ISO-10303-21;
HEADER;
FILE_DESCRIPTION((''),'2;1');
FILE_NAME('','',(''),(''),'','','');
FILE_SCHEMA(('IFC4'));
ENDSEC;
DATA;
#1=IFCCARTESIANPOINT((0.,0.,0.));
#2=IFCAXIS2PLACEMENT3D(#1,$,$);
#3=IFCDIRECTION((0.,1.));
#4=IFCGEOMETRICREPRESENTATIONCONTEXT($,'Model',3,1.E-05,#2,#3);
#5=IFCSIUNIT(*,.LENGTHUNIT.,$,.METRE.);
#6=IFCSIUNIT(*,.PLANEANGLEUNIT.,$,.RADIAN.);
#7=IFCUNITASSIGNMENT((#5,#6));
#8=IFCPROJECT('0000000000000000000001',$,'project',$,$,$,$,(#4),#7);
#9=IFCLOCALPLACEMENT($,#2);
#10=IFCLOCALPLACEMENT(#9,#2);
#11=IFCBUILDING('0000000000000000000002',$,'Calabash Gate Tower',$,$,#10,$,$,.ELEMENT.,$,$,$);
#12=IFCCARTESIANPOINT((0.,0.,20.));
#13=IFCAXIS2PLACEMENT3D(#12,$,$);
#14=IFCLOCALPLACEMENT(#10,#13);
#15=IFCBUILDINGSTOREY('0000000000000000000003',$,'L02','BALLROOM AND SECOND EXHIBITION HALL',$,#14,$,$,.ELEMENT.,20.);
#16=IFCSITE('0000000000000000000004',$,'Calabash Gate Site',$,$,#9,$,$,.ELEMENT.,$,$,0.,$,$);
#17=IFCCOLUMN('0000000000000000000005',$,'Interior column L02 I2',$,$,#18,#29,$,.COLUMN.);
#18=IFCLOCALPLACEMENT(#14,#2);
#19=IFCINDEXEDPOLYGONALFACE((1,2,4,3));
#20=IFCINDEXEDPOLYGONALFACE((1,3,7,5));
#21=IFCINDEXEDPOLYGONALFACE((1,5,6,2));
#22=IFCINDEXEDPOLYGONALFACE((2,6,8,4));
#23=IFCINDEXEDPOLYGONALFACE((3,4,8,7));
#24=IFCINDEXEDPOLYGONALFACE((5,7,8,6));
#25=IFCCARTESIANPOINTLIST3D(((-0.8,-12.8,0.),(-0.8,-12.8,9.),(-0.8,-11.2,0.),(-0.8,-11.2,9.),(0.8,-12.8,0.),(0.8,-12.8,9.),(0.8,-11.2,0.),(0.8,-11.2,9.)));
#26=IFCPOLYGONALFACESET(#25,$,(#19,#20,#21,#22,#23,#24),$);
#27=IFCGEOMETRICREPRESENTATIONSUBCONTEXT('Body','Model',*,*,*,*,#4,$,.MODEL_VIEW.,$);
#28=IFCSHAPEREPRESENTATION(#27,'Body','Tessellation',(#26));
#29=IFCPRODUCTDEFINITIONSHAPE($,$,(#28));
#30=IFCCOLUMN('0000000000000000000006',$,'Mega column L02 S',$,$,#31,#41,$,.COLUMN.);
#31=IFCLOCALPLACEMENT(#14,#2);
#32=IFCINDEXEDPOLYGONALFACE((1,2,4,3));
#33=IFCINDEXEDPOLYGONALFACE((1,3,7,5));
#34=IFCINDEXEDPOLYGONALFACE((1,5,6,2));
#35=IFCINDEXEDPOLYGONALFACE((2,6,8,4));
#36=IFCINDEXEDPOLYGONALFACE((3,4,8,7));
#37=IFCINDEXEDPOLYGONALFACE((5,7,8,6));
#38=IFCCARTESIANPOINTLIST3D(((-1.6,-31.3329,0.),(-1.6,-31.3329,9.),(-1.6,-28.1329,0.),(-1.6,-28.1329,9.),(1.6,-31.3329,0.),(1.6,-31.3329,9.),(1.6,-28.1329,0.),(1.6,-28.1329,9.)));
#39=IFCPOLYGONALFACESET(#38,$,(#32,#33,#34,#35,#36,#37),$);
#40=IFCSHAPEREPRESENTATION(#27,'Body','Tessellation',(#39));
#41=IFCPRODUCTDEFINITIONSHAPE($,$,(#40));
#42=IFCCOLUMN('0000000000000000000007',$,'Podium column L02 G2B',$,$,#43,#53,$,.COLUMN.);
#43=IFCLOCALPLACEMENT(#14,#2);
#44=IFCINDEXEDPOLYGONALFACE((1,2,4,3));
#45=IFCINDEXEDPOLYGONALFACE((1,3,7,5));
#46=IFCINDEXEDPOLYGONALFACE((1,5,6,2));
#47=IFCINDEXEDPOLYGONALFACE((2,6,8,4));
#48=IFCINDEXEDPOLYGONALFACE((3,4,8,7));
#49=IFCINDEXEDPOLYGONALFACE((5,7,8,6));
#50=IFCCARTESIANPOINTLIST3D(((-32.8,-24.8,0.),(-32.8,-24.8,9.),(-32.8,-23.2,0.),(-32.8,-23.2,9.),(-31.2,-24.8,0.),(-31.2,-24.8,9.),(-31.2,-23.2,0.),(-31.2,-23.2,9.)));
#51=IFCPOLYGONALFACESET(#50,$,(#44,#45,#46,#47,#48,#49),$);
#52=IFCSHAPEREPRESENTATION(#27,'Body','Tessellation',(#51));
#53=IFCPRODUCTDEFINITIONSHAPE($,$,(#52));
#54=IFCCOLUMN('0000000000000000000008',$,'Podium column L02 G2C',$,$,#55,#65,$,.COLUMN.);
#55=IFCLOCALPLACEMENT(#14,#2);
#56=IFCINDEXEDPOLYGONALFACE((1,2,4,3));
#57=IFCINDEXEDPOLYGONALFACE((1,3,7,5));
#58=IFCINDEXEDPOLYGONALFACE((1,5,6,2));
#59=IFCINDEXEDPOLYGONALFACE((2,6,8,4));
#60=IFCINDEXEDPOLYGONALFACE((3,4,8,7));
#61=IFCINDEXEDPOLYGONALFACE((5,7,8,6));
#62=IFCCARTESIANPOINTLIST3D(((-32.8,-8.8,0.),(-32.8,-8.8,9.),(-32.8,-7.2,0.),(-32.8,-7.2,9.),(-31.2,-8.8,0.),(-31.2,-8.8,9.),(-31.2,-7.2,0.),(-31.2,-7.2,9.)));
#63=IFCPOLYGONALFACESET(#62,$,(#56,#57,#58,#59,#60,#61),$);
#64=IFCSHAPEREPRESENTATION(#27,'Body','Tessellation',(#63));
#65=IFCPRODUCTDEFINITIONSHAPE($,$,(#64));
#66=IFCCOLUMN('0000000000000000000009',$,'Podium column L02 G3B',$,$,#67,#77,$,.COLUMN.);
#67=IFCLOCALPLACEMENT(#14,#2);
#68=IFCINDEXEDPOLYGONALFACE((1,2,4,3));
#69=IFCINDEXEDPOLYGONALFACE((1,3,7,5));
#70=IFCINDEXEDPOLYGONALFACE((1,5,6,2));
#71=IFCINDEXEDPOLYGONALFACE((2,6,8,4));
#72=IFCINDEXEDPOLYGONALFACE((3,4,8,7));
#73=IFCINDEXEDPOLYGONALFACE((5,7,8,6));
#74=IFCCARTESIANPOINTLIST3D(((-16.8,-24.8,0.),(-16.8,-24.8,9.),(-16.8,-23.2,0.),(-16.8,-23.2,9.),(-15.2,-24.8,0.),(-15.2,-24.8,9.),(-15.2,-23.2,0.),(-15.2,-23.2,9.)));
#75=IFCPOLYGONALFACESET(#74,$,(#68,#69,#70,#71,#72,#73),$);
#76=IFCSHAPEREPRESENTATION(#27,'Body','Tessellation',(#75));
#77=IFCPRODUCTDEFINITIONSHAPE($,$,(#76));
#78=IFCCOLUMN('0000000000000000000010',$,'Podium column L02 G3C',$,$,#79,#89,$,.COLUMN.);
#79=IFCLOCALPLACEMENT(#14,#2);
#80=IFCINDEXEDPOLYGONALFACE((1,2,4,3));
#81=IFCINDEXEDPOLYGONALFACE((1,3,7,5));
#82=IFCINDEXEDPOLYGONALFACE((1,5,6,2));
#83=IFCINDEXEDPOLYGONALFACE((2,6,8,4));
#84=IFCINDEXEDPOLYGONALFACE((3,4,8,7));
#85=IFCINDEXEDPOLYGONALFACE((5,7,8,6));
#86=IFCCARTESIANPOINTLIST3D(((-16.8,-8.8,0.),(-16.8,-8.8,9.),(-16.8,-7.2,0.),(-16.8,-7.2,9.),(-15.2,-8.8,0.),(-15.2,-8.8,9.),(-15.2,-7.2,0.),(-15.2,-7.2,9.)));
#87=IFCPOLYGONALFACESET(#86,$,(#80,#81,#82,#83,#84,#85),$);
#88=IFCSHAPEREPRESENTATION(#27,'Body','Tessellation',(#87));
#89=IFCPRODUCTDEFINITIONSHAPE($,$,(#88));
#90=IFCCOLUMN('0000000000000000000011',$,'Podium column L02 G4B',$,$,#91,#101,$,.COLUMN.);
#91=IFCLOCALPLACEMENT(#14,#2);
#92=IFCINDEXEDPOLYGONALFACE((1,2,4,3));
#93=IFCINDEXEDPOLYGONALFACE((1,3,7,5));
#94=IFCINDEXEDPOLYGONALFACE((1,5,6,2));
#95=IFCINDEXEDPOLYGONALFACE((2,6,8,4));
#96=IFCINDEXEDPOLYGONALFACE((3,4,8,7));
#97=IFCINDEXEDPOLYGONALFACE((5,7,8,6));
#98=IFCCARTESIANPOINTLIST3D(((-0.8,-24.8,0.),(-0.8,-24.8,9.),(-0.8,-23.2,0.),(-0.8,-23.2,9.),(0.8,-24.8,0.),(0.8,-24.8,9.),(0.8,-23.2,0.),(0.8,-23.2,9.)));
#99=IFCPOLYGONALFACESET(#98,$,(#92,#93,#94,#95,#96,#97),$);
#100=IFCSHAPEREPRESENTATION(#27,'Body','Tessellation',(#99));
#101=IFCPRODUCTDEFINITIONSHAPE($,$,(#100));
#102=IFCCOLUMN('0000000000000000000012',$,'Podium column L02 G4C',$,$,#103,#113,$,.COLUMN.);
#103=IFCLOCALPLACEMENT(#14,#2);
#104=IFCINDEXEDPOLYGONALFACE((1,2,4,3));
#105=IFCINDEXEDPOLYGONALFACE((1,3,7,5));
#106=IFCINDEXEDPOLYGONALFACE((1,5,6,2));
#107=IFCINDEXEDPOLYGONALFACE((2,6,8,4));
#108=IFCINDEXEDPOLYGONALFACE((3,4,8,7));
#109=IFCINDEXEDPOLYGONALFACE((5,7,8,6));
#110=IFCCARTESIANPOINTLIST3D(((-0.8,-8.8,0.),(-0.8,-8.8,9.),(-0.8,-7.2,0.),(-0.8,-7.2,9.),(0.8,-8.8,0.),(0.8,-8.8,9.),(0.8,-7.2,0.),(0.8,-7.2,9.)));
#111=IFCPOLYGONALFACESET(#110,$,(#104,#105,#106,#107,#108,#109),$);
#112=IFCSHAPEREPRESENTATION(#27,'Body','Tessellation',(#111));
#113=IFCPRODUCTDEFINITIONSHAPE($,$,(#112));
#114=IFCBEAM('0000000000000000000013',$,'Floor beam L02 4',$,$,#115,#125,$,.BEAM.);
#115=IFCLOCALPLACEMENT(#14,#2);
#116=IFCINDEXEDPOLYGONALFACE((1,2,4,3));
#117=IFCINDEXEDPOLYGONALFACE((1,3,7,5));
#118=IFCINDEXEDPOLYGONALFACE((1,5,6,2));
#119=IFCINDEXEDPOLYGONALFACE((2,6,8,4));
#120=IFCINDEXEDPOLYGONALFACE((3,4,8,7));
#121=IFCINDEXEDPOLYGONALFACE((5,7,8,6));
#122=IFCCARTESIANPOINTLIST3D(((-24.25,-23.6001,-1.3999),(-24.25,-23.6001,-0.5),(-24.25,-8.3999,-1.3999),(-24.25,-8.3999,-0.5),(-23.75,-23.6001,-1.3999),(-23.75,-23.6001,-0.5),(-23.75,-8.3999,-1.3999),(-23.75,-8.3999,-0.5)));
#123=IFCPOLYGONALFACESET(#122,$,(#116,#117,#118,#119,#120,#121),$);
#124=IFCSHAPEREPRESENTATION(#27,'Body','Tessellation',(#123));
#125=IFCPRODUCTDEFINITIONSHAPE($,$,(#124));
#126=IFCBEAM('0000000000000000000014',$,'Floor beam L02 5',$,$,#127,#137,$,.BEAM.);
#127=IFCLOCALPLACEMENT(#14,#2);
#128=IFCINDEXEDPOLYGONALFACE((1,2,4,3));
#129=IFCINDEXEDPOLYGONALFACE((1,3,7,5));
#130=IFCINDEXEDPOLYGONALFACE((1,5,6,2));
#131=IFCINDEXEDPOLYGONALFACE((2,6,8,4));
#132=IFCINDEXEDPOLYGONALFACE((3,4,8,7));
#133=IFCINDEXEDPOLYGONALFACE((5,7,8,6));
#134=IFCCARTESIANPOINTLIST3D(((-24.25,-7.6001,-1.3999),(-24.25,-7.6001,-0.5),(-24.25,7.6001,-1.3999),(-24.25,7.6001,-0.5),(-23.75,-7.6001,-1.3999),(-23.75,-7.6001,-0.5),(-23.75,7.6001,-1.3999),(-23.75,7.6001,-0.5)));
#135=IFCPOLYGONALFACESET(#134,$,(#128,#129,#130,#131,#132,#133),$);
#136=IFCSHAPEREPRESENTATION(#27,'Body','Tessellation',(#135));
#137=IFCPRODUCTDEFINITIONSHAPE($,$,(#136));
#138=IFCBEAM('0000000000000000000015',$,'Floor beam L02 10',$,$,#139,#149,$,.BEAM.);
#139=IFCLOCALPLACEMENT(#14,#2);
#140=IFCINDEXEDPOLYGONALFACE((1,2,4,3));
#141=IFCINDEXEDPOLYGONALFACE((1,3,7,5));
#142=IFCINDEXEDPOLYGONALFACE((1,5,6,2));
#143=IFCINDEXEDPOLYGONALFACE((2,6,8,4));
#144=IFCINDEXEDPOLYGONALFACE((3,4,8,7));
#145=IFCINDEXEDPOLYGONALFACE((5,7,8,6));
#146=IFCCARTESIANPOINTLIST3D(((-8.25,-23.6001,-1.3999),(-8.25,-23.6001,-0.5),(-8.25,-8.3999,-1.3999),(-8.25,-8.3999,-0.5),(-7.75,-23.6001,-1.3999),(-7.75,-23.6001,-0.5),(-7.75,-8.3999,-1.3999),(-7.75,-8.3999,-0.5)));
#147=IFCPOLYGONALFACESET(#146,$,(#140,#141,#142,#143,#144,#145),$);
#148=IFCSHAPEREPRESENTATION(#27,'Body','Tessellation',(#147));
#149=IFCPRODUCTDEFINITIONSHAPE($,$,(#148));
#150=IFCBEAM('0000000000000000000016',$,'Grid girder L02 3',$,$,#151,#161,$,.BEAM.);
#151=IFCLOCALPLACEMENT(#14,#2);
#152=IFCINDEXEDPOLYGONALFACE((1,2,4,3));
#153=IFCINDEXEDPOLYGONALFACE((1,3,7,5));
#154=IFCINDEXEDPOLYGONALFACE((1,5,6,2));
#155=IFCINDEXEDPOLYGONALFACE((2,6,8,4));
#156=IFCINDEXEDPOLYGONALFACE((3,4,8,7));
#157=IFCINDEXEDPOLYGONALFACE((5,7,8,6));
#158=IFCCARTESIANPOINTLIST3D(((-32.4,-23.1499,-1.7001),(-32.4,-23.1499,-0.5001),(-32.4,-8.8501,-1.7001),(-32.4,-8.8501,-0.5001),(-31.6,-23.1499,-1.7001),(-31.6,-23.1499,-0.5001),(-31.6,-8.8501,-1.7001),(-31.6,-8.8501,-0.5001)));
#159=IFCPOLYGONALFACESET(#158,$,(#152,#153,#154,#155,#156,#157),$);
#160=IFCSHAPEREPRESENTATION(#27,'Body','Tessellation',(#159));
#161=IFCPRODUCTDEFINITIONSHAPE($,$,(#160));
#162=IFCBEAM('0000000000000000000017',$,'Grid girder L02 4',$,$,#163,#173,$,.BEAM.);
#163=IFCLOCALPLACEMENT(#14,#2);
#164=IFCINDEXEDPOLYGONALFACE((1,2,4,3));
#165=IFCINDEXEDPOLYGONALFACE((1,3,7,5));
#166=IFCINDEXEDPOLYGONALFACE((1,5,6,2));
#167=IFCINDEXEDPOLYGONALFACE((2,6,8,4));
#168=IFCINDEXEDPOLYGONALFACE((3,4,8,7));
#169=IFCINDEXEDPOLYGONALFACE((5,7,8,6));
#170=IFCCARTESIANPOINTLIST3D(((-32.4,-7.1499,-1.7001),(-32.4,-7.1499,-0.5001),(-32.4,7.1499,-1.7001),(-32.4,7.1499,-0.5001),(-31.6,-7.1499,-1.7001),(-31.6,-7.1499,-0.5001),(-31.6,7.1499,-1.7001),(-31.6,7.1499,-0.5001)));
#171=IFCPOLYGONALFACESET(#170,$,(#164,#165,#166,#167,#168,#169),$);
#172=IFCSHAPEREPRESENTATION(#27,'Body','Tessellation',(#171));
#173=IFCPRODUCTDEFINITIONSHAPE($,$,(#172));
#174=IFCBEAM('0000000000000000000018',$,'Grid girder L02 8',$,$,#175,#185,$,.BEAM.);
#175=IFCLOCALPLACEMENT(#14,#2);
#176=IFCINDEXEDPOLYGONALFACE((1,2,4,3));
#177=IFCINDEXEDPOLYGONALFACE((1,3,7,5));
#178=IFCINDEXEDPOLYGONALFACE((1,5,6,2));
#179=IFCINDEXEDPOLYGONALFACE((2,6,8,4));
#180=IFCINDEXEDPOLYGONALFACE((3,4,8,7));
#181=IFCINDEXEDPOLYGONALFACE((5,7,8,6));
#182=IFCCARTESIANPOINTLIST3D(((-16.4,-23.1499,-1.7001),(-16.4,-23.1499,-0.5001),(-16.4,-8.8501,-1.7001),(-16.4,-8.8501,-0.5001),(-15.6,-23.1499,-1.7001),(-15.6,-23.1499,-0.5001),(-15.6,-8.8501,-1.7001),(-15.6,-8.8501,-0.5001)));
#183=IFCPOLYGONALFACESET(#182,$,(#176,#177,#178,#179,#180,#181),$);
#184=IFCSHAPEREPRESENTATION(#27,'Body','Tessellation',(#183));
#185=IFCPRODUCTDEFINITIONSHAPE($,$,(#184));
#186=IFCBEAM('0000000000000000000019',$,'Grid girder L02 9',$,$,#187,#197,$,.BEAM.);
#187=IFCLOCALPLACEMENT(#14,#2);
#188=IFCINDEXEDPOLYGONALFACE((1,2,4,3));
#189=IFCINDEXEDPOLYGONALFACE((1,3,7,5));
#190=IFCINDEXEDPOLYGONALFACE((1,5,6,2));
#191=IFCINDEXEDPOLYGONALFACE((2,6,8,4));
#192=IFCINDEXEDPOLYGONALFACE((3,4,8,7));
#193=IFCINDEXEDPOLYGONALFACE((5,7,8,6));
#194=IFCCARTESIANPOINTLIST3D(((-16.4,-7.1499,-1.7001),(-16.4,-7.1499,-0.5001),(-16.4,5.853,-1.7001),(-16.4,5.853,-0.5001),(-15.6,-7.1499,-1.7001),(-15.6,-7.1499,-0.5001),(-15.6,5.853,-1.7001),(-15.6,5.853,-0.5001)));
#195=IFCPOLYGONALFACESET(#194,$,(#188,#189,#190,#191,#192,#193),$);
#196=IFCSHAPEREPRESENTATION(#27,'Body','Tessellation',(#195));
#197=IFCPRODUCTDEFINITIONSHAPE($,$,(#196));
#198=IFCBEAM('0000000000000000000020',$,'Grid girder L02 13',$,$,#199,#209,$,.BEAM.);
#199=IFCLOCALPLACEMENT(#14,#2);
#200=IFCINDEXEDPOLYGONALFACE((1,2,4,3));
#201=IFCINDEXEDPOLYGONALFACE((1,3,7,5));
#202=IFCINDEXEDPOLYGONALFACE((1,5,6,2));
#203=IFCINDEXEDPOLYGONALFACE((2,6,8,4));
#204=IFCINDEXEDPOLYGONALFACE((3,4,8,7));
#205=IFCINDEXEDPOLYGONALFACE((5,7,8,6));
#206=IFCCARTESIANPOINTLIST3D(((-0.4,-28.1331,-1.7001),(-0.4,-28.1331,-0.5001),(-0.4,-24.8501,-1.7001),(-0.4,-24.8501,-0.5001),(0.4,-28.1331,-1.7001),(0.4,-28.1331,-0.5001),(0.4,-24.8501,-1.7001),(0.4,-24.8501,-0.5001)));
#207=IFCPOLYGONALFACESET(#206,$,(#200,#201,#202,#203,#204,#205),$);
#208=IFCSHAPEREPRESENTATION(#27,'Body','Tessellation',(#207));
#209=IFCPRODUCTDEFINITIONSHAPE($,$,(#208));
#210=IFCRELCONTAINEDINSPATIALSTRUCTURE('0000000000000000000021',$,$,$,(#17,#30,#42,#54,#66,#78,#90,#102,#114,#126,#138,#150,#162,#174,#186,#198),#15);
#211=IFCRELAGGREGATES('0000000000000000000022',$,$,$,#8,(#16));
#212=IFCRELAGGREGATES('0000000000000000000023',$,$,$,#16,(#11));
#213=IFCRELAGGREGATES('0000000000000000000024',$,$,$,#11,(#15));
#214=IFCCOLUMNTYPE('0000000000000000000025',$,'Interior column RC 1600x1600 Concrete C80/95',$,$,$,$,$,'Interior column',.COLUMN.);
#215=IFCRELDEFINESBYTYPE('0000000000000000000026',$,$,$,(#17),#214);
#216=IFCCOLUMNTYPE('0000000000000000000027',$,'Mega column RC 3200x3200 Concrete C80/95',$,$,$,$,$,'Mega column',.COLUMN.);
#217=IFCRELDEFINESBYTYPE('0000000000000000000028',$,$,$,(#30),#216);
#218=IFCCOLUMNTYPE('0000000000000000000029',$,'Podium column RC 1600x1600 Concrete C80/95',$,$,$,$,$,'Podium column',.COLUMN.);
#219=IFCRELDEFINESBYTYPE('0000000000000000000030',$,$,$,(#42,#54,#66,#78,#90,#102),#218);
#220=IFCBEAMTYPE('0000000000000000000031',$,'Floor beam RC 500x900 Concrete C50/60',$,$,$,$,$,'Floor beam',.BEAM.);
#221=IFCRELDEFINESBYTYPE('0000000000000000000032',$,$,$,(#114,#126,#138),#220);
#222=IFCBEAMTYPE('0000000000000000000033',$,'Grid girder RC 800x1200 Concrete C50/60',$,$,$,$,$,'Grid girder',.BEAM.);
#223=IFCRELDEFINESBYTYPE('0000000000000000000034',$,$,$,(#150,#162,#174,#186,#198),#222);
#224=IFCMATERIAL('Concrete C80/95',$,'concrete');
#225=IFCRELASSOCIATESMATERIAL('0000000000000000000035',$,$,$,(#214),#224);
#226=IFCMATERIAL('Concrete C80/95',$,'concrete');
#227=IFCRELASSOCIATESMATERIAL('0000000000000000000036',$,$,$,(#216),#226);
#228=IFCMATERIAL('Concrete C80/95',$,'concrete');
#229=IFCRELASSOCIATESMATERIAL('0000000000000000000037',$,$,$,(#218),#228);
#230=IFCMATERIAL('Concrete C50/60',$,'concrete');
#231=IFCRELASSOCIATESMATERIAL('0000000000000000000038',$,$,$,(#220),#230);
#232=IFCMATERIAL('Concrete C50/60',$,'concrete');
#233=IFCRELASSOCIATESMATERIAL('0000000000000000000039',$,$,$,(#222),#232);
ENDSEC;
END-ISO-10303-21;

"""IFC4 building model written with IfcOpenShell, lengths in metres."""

from ifc_helpers import new_model, si_unit, direction, frame, origin, origin_2d, place, context, subcontext, project, spatial, rectangle, extrude, material, material_profile, profile_set, type_object, element, save


model = new_model("IFC4")

# Units and contexts
model_context = context("Model", 3, precision=1e-05, world=origin(), true_north=direction((0.0, 1.0)))
body_context = subcontext(model_context, "Body", "Model", "MODEL_VIEW")
ifc_project = project(units=[si_unit("LENGTHUNIT", "METRE"), si_unit("PLANEANGLEUNIT", "RADIAN")], contexts=[model_context])

# Site, building, storey
site_placement = place(None, origin())
site = spatial("IfcSite", under=ifc_project, at=site_placement, Name="Calabash Gate Site", CompositionType="ELEMENT", RefElevation=0.0)
building_placement = place(site_placement, origin())
building = spatial("IfcBuilding", under=site, at=building_placement, Name="Calabash Gate Tower", CompositionType="ELEMENT")
storey_placement = place(building_placement, frame((0.0, 0.0, 20.0)))
storey = spatial("IfcBuildingStorey", under=building, at=storey_placement, Name="L02", Description="BALLROOM AND SECOND EXHIBITION HALL", CompositionType="ELEMENT", Elevation=20.0)

# Columns
ifc_material_1 = material(Name="Concrete C80/95", Category="concrete")
ifc_material_profile_1 = material_profile(ifc_material_1, rectangle(XDim=1.6001, YDim=1.6001, at=origin_2d()))
ifc_profile_set_1 = profile_set([ifc_material_profile_1], Name="Concrete C80/95")
column_type_1 = type_object("IfcColumnType", Name="Interior column RC 1600x1600 Concrete C80/95", ElementType="Interior column", PredefinedType="COLUMN", material=ifc_profile_set_1)
column_1_placement = place(storey_placement, frame((0.0, -12.0, 0.0), z_axis=(0.0, 0.0, 1.0), x_axis=(1.0, 0.0, 0.0)))
element("IfcColumn", 1, at=column_1_placement, inside=storey, type_object=column_type_1, Name="Interior column L02 I2", PredefinedType="COLUMN", context=body_context, shape_type="SweptSolid", body=[
    extrude(rectangle(XDim=1.6001, YDim=1.6001, at=origin_2d()), origin(), (0.0, 0.0, 1.0), 9.0),
])
ifc_material_2 = material(Name="Concrete C80/95", Category="concrete")
ifc_material_profile_2 = material_profile(ifc_material_2, rectangle(XDim=3.2, YDim=3.2, at=origin_2d()))
ifc_profile_set_2 = profile_set([ifc_material_profile_2], Name="Concrete C80/95")
column_type_2 = type_object("IfcColumnType", Name="Mega column RC 3200x3200 Concrete C80/95", ElementType="Mega column", PredefinedType="COLUMN", material=ifc_profile_set_2)
column_2_placement = place(storey_placement, frame((0.0, -29.7329, 0.0), z_axis=(0.0, 0.0, 1.0), x_axis=(0.0, 1.0, 0.0)))
element("IfcColumn", 2, at=column_2_placement, inside=storey, type_object=column_type_2, Name="Mega column L02 S", PredefinedType="COLUMN", context=body_context, shape_type="SweptSolid", body=[
    extrude(rectangle(XDim=3.2, YDim=3.2, at=origin_2d()), origin(), (0.0, 0.0, 1.0), 9.0),
])
ifc_material_3 = material(Name="Concrete C80/95", Category="concrete")
ifc_material_profile_3 = material_profile(ifc_material_3, rectangle(XDim=1.6001, YDim=1.6001, at=origin_2d()))
ifc_profile_set_3 = profile_set([ifc_material_profile_3], Name="Concrete C80/95")
column_type_3 = type_object("IfcColumnType", Name="Podium column RC 1600x1600 Concrete C80/95", ElementType="Podium column", PredefinedType="COLUMN", material=ifc_profile_set_3)
for number, where, z_axis, x_axis, name in (
    (3, (-32.0, -24.0, 0.0), (0.0, 0.0, 1.0), (1.0, 0.0, 0.0), "Podium column L02 G2B"),
    (4, (-32.0, -8.0, 0.0), (0.0, 0.0, 1.0), (1.0, 0.0, 0.0), "Podium column L02 G2C"),
    (5, (-16.0, -24.0, 0.0), (0.0, 0.0, 1.0), (1.0, 0.0, 0.0), "Podium column L02 G3B"),
    (6, (-16.0, -8.0, 0.0), (0.0, 0.0, 1.0), (1.0, 0.0, 0.0), "Podium column L02 G3C"),
    (7, (0.0, -24.0, 0.0), (0.0, 0.0, 1.0), (1.0, 0.0, 0.0), "Podium column L02 G4B"),
    (8, (0.0, -8.0, 0.0), (0.0, 0.0, 1.0), (1.0, 0.0, 0.0), "Podium column L02 G4C"),
):
    element("IfcColumn", number, at=place(storey_placement, frame(where, z_axis=z_axis, x_axis=x_axis)), inside=storey, type_object=column_type_3, Name=name, PredefinedType="COLUMN", context=body_context, shape_type="SweptSolid", body=[
        extrude(rectangle(XDim=1.6001, YDim=1.6001, at=origin_2d()), origin(), (0.0, 0.0, 1.0), 9.0),
    ])

# Beams
ifc_material_4 = material(Name="Concrete C50/60", Category="concrete")
ifc_material_profile_4 = material_profile(ifc_material_4, rectangle(XDim=0.5, YDim=0.8999, at=origin_2d()))
ifc_profile_set_4 = profile_set([ifc_material_profile_4], Name="Concrete C50/60")
beam_type_1 = type_object("IfcBeamType", Name="Floor beam RC 500x900 Concrete C50/60", ElementType="Floor beam", PredefinedType="BEAM", material=ifc_profile_set_4)
for number, where, z_axis, x_axis, name in (
    (9, (-24.0, -23.6001, -0.95), (0.0, 1.0, 0.0), (-1.0, 0.0, 0.0), "Floor beam L02 4"),
    (10, (-24.0, -7.6001, -0.95), (0.0, 1.0, 0.0), (-1.0, 0.0, 0.0), "Floor beam L02 5"),
    (11, (-8.0, -23.6001, -0.95), (0.0, 1.0, 0.0), (-1.0, 0.0, 0.0), "Floor beam L02 10"),
):
    element("IfcBeam", number, at=place(storey_placement, frame(where, z_axis=z_axis, x_axis=x_axis)), inside=storey, type_object=beam_type_1, Name=name, PredefinedType="BEAM", context=body_context, shape_type="SweptSolid", body=[
        extrude(rectangle(XDim=0.5, YDim=0.8999, at=origin_2d()), origin(), (0.0, 0.0, 1.0), 15.2002),
    ])
ifc_material_5 = material(Name="Concrete C50/60", Category="concrete")
ifc_material_profile_5 = material_profile(ifc_material_5, rectangle(XDim=0.8, YDim=1.2, at=origin_2d()))
ifc_profile_set_5 = profile_set([ifc_material_profile_5], Name="Concrete C50/60")
beam_type_2 = type_object("IfcBeamType", Name="Grid girder RC 800x1200 Concrete C50/60", ElementType="Grid girder", PredefinedType="BEAM", material=ifc_profile_set_5)
for number, where, z_axis, x_axis, name in (
    (12, (-32.0, -23.1499, -1.1001), (0.0, 1.0, 0.0), (-1.0, 0.0, 0.0), "Grid girder L02 3"),
    (13, (-32.0, -7.1499, -1.1001), (0.0, 1.0, 0.0), (-1.0, 0.0, 0.0), "Grid girder L02 4"),
    (14, (-16.0, -23.1499, -1.1001), (0.0, 1.0, 0.0), (-1.0, 0.0, 0.0), "Grid girder L02 8"),
):
    element("IfcBeam", number, at=place(storey_placement, frame(where, z_axis=z_axis, x_axis=x_axis)), inside=storey, type_object=beam_type_2, Name=name, PredefinedType="BEAM", context=body_context, shape_type="SweptSolid", body=[
        extrude(rectangle(XDim=0.8, YDim=1.2, at=origin_2d()), origin(), (0.0, 0.0, 1.0), 14.2998),
    ])
beam_1_placement = place(storey_placement, frame((-16.0, -7.1499, -1.1001), z_axis=(0.0, 1.0, 0.0), x_axis=(-1.0, 0.0, 0.0)))
element("IfcBeam", 15, at=beam_1_placement, inside=storey, type_object=beam_type_2, Name="Grid girder L02 9", PredefinedType="BEAM", context=body_context, shape_type="SweptSolid", body=[
    extrude(rectangle(XDim=0.8, YDim=1.2, at=origin_2d()), origin(), (0.0, 0.0, 1.0), 13.0029),
])
beam_2_placement = place(storey_placement, frame((0.0, -28.1331, -1.1001), z_axis=(0.0, 1.0, 0.0), x_axis=(-1.0, 0.0, 0.0)))
element("IfcBeam", 16, at=beam_2_placement, inside=storey, type_object=beam_type_2, Name="Grid girder L02 13", PredefinedType="BEAM", context=body_context, shape_type="SweptSolid", body=[
    extrude(rectangle(XDim=0.8, YDim=1.2, at=origin_2d()), origin(), (0.0, 0.0, 1.0), 3.283),
])

save(model, "model.ifc")
